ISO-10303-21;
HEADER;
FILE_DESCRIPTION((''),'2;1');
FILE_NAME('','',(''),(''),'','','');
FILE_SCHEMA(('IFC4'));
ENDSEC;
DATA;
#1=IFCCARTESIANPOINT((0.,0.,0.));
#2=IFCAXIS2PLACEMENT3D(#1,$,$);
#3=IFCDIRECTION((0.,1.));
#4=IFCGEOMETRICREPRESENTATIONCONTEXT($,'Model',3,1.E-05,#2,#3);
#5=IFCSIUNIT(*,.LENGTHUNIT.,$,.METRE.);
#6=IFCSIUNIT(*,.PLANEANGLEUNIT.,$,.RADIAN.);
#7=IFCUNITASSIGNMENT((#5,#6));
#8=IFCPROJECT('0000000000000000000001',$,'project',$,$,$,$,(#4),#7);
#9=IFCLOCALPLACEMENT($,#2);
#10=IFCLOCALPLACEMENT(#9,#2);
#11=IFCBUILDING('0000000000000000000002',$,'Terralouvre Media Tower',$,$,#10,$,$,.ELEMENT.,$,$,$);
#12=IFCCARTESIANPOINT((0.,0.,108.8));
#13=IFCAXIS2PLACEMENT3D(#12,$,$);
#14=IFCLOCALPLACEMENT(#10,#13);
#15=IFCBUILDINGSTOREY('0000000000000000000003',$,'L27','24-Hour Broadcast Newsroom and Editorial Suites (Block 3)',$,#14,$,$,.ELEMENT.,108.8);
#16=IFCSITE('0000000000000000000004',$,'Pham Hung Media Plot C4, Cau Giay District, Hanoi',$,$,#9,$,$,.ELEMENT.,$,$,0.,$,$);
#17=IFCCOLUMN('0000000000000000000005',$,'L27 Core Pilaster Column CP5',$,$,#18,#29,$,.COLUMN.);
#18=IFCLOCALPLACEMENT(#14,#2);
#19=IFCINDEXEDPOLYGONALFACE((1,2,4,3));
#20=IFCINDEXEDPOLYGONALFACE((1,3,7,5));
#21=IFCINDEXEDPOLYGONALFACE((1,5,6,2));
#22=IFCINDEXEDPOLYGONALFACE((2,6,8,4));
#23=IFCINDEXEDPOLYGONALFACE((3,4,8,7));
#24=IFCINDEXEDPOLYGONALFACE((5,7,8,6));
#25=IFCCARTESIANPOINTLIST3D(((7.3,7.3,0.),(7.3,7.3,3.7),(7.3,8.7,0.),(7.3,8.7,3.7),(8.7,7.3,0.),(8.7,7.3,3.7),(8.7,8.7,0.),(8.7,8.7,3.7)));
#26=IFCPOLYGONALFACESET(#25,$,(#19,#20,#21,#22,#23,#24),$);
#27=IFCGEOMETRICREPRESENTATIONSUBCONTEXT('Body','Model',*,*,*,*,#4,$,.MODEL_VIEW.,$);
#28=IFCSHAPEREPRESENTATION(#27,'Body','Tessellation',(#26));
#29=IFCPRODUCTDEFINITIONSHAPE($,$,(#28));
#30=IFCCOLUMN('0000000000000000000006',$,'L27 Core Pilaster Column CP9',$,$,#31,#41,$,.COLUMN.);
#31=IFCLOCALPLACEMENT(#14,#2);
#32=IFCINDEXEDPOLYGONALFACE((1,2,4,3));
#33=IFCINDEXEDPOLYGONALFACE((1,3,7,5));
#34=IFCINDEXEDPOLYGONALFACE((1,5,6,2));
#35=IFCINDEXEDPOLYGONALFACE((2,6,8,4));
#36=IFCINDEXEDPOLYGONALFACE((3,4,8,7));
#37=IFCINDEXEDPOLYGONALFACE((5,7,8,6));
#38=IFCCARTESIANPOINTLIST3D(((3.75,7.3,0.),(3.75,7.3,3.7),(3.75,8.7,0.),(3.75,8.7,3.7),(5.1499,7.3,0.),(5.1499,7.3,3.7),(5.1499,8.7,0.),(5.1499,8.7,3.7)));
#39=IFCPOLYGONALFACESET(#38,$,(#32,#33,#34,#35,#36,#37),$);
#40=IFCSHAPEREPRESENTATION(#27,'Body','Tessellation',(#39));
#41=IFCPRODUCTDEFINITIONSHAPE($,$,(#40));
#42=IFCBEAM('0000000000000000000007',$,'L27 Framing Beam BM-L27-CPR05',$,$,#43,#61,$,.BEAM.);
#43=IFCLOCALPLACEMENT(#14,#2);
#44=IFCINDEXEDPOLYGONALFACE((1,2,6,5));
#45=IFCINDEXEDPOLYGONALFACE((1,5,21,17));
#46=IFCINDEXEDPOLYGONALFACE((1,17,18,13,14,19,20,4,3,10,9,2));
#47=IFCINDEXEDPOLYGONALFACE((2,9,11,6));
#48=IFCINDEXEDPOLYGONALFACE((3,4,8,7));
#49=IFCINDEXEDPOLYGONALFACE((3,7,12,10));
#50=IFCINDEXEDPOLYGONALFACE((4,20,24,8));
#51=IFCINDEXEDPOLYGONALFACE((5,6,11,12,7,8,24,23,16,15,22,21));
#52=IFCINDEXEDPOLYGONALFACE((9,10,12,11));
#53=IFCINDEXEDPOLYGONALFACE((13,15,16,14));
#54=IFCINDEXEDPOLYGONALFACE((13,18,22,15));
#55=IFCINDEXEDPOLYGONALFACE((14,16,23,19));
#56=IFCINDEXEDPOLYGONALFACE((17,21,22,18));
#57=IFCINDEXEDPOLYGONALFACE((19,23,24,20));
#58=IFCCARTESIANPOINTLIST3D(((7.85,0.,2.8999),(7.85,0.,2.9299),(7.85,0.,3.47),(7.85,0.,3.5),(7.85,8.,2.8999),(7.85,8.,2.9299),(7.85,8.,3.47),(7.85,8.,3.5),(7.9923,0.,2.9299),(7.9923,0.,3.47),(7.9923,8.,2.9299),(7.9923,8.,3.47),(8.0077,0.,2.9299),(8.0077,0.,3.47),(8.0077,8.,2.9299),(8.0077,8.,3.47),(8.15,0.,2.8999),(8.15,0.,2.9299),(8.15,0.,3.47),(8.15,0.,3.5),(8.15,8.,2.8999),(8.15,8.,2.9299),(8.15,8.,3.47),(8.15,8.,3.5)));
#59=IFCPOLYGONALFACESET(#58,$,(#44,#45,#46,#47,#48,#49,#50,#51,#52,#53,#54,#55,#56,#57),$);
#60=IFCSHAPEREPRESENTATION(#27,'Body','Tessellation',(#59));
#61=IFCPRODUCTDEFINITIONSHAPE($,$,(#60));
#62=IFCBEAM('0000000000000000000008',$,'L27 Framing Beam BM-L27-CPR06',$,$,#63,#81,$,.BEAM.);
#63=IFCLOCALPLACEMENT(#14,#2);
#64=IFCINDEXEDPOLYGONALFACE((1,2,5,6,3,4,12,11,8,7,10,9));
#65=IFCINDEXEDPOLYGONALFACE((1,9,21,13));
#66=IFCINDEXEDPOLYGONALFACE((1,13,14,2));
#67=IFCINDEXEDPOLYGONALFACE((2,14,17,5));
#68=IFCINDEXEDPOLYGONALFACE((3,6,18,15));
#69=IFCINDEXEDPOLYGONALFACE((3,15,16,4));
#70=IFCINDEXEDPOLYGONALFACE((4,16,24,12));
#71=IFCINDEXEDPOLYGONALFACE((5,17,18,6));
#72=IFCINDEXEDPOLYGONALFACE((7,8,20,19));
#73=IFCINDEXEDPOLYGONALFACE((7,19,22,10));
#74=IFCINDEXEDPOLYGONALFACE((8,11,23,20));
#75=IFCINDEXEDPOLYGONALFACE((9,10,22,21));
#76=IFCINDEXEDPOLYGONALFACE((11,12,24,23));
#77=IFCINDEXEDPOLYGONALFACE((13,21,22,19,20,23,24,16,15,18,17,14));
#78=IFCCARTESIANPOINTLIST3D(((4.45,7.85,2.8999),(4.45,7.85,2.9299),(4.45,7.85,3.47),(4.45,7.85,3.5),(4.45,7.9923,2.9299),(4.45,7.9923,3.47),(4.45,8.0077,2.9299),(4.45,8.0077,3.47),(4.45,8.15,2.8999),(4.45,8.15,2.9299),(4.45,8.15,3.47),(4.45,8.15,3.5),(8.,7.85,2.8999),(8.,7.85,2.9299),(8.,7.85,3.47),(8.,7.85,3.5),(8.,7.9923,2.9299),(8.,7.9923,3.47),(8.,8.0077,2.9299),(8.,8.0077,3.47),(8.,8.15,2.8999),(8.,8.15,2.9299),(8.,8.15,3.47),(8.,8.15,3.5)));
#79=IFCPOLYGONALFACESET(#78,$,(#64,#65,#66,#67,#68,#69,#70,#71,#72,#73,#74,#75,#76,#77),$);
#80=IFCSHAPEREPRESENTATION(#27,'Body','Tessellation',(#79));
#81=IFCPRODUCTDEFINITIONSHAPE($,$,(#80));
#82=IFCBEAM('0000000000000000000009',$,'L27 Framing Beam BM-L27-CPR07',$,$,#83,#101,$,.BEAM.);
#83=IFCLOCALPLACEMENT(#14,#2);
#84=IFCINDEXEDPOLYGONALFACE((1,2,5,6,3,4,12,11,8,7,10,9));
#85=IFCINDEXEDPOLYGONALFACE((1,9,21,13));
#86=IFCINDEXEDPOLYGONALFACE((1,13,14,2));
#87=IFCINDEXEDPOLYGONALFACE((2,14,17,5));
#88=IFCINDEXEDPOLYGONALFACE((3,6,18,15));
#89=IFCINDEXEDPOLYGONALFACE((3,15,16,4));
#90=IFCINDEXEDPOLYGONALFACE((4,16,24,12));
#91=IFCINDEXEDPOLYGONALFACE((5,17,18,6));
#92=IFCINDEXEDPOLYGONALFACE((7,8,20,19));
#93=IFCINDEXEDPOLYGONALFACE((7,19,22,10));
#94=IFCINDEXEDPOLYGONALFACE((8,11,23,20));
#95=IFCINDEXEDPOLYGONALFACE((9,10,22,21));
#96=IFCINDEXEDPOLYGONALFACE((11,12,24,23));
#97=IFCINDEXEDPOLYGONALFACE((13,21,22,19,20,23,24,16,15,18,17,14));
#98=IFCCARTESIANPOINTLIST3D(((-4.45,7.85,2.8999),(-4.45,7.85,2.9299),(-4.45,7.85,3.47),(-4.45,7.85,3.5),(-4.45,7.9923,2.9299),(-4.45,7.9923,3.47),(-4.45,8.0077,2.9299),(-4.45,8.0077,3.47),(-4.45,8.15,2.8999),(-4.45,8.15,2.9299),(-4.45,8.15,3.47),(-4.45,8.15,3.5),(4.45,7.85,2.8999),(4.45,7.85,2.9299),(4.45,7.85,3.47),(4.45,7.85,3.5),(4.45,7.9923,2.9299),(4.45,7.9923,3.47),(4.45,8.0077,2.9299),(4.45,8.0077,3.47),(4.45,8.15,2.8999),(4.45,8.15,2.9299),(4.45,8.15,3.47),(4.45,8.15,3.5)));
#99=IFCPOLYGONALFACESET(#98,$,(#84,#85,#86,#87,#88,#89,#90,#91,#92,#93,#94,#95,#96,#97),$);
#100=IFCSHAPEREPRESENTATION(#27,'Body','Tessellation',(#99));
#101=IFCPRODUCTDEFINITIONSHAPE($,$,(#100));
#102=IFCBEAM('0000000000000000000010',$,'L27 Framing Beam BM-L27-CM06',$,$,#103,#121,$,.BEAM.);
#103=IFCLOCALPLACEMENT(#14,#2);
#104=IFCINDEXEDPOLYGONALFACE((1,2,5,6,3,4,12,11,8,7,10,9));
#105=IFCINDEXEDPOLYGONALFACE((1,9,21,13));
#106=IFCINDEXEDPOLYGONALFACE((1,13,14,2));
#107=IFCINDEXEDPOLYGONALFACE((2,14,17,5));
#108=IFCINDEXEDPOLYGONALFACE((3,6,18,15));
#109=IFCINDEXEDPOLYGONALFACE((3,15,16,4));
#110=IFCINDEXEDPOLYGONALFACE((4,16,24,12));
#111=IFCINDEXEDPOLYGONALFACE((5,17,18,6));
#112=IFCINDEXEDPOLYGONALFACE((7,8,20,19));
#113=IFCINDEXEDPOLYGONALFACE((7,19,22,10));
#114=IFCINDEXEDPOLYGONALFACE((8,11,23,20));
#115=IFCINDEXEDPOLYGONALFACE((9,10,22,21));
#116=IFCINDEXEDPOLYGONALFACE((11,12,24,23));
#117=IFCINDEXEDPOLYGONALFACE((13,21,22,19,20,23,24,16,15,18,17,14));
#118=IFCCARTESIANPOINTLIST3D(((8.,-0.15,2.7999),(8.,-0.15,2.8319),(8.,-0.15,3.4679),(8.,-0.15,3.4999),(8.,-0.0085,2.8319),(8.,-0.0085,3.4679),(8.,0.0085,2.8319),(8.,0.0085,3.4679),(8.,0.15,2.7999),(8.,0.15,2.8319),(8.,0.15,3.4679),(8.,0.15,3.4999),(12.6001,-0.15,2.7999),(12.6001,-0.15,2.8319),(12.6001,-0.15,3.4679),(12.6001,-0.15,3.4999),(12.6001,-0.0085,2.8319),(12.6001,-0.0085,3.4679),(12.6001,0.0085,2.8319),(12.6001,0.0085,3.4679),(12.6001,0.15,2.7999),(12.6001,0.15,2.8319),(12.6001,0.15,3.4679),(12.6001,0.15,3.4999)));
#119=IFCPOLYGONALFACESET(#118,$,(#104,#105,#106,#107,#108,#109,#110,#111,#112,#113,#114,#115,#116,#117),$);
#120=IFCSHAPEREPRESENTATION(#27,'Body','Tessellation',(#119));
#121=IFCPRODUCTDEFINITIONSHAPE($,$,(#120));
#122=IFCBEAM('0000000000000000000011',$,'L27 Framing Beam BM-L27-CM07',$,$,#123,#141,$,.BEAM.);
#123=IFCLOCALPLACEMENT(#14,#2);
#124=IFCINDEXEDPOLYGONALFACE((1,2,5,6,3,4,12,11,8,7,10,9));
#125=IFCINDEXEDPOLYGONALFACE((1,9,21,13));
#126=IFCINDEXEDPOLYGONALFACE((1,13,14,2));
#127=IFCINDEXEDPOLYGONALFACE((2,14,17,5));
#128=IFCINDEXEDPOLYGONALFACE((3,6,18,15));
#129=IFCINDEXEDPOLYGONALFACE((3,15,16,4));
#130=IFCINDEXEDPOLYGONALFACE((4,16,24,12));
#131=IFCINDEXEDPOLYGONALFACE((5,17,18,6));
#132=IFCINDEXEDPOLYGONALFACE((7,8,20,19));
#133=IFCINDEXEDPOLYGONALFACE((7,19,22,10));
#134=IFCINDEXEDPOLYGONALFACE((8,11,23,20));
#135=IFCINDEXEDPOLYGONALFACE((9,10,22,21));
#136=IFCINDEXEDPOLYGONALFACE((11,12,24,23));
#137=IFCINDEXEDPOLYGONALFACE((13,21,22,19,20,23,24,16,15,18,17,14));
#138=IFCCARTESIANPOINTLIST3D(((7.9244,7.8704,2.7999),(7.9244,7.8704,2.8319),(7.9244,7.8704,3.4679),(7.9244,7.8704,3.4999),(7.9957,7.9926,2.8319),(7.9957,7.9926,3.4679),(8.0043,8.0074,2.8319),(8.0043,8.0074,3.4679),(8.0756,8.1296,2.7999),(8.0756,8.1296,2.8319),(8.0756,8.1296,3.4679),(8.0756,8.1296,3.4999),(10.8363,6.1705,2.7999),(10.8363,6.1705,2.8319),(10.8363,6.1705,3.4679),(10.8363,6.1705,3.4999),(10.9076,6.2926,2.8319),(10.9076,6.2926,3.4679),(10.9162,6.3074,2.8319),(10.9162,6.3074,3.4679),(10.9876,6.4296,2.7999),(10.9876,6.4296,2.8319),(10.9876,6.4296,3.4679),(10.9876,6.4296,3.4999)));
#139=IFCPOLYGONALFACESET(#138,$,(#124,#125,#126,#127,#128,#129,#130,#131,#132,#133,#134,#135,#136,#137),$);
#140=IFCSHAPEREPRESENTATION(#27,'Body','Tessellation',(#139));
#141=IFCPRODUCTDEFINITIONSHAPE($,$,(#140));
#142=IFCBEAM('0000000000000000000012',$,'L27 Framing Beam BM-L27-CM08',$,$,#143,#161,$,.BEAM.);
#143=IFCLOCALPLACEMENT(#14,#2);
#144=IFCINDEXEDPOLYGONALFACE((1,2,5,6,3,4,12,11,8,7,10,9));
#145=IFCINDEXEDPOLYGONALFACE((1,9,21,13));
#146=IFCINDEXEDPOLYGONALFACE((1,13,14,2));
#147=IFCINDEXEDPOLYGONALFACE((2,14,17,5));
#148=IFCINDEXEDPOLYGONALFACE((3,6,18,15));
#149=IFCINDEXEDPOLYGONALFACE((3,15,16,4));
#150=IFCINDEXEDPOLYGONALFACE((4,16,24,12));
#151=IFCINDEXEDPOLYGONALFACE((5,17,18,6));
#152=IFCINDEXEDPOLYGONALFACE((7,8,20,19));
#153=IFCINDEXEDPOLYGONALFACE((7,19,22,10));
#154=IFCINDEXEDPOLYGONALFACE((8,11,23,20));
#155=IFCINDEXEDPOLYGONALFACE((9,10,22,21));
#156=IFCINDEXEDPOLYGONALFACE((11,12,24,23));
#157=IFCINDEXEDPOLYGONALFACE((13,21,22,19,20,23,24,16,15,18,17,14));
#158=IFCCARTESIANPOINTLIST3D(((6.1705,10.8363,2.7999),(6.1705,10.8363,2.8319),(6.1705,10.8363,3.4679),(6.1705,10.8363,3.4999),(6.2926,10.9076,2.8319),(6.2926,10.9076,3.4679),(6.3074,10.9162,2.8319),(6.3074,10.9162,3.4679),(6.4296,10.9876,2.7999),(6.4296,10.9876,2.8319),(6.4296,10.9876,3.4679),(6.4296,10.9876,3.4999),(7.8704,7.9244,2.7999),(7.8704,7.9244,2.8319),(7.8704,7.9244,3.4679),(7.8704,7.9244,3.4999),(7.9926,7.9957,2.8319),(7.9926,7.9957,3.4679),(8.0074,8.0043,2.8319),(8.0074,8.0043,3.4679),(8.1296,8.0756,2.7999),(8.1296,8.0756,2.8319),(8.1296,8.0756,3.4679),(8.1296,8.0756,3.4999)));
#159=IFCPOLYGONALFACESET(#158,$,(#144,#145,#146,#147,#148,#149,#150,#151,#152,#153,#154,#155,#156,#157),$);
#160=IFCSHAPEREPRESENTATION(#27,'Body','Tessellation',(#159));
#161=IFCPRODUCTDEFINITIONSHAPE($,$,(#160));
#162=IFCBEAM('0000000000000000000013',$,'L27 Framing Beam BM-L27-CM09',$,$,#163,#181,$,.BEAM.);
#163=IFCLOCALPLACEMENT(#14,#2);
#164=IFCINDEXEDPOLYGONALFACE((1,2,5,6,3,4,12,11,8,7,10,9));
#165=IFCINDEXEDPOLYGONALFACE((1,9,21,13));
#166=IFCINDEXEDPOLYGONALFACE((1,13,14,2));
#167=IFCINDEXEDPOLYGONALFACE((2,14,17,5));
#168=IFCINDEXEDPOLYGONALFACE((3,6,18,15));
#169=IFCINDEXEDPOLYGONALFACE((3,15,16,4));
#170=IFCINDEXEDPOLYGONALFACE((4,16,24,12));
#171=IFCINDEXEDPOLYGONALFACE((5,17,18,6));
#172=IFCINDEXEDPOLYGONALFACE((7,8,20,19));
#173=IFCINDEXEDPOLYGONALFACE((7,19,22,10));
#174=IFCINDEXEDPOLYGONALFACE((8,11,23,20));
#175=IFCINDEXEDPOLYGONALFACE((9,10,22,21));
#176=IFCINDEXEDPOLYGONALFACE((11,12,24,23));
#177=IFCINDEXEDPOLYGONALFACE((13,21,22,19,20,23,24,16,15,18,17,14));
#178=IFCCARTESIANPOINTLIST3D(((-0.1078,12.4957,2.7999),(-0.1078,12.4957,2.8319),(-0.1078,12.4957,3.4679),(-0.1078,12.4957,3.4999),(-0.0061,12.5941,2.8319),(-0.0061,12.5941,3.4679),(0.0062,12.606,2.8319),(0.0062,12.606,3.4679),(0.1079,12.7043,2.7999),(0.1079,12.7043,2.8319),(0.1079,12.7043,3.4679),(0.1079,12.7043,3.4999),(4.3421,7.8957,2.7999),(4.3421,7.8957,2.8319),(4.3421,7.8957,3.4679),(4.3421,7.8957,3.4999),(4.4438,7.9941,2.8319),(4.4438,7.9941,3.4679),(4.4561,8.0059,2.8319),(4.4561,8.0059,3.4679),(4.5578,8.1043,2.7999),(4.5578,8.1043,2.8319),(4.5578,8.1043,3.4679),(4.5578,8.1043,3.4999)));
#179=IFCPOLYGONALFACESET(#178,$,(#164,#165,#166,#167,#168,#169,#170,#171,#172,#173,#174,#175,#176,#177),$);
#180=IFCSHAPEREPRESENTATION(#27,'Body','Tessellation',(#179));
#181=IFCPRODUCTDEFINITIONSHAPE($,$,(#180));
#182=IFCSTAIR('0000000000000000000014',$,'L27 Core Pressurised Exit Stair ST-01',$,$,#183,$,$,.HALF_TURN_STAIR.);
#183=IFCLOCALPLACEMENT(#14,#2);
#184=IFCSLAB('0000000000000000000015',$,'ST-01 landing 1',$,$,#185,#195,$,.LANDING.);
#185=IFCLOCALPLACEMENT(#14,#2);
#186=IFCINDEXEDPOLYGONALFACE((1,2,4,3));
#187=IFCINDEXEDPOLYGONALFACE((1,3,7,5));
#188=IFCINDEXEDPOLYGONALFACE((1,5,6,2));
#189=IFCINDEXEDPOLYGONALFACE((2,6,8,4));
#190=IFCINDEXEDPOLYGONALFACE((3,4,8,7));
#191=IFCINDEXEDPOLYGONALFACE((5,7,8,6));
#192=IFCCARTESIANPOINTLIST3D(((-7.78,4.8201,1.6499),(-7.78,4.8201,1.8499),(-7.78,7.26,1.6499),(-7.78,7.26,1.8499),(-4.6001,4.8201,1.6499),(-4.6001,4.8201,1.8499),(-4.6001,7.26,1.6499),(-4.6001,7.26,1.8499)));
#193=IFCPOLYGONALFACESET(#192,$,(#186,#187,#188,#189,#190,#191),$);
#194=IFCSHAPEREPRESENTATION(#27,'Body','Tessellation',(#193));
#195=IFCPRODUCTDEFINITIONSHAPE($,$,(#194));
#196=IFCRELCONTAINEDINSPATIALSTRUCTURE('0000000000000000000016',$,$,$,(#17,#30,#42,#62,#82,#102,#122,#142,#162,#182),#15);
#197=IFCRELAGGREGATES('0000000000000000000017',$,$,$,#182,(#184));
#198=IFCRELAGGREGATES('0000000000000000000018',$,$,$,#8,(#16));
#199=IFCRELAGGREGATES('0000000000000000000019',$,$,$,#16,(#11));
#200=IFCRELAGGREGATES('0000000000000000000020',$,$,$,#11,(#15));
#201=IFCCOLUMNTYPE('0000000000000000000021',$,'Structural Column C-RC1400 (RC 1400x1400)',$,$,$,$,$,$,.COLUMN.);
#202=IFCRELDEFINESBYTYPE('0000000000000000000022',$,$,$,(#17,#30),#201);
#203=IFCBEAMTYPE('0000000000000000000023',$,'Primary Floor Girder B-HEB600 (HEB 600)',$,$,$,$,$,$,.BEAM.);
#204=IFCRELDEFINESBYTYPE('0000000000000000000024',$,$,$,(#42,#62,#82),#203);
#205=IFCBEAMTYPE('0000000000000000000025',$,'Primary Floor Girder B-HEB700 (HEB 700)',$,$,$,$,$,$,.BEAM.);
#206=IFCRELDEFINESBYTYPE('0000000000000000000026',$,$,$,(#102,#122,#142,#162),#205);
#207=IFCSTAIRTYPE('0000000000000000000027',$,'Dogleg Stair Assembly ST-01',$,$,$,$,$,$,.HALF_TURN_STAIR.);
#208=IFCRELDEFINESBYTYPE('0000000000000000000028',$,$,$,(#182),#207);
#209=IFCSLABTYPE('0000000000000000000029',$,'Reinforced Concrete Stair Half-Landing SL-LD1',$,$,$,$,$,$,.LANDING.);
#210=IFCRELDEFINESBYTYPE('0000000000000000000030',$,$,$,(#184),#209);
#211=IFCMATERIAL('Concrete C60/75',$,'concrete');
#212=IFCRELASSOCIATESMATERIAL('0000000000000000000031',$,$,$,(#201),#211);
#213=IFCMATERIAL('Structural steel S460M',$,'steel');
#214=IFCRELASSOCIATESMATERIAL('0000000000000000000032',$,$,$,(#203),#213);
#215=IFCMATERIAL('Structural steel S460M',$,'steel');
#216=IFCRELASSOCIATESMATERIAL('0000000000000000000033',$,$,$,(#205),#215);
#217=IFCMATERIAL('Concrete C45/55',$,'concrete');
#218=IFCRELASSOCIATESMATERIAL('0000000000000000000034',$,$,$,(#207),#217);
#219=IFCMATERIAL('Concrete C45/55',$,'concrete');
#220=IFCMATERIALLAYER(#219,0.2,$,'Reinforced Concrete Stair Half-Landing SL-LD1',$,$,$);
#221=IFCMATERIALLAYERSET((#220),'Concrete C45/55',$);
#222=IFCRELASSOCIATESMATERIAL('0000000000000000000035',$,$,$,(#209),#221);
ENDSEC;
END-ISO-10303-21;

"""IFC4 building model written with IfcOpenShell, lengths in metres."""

from ifc_helpers import new_model, si_unit, direction, frame, origin, origin_2d, place, context, subcontext, project, spatial, polyline, rectangle, i_section, outline, extrude, material, layer, layer_set, material_profile, profile_set, type_object, element, aggregate, save


model = new_model("IFC4")

# Units and contexts
model_context = context("Model", 3, precision=1e-05, world=origin(), true_north=direction((0.0, 1.0)))
body_context = subcontext(model_context, "Body", "Model", "MODEL_VIEW")
ifc_project = project(units=[si_unit("LENGTHUNIT", "METRE"), si_unit("PLANEANGLEUNIT", "RADIAN")], contexts=[model_context])

# Site, building, storey
site_placement = place(None, origin())
site = spatial("IfcSite", under=ifc_project, at=site_placement, Name="Pham Hung Media Plot C4, Cau Giay District, Hanoi", CompositionType="ELEMENT", RefElevation=0.0)
building_placement = place(site_placement, origin())
building = spatial("IfcBuilding", under=site, at=building_placement, Name="Terralouvre Media Tower", CompositionType="ELEMENT")
storey_placement = place(building_placement, frame((0.0, 0.0, 108.8)))
storey = spatial("IfcBuildingStorey", under=building, at=storey_placement, Name="L27", Description="24-Hour Broadcast Newsroom and Editorial Suites (Block 3)", CompositionType="ELEMENT", Elevation=108.8)

# Columns
ifc_material_1 = material(Name="Concrete C60/75", Category="concrete")
ifc_material_profile_1 = material_profile(ifc_material_1, rectangle(XDim=1.3999, YDim=1.3999, at=origin_2d()), Name="RC 1400x1400")
ifc_profile_set_1 = profile_set([ifc_material_profile_1], Name="Concrete C60/75")
column_type = type_object("IfcColumnType", Name="Structural Column C-RC1400 (RC 1400x1400)", PredefinedType="COLUMN", material=ifc_profile_set_1)
for number, where, z_axis, x_axis, name in (
    (1, (8.0, 8.0, 0.0), (0.0, 0.0, 1.0), (1.0, 0.0, 0.0), "L27 Core Pilaster Column CP5"),
    (2, (4.45, 8.0, 0.0), (0.0, 0.0, 1.0), (1.0, 0.0, 0.0), "L27 Core Pilaster Column CP9"),
):
    element("IfcColumn", number, at=place(storey_placement, frame(where, z_axis=z_axis, x_axis=x_axis)), inside=storey, type_object=column_type, Name=name, PredefinedType="COLUMN", context=body_context, shape_type="SweptSolid", body=[
        extrude(rectangle(XDim=1.3999, YDim=1.3999, at=origin_2d()), origin(), (0.0, 0.0, 1.0), 3.7),
    ])

# Beams
ifc_material_2 = material(Name="Structural steel S460M", Category="steel")
ifc_material_profile_2 = material_profile(ifc_material_2, i_section(OverallWidth=0.3, OverallDepth=0.6001, WebThickness=0.0154, FlangeThickness=0.03, at=origin_2d()), Name="HEB 600")
ifc_profile_set_2 = profile_set([ifc_material_profile_2], Name="Structural steel S460M")
beam_type_1 = type_object("IfcBeamType", Name="Primary Floor Girder B-HEB600 (HEB 600)", PredefinedType="BEAM", material=ifc_profile_set_2)
beam_1_placement = place(storey_placement, frame((8.0, 0.0, 3.2), z_axis=(0.0, 1.0, 0.0), x_axis=(-1.0, 0.0, 0.0)))
element("IfcBeam", 3, at=beam_1_placement, inside=storey, type_object=beam_type_1, Name="L27 Framing Beam BM-L27-CPR05", PredefinedType="BEAM", context=body_context, shape_type="SweptSolid", body=[
    extrude(i_section(OverallWidth=0.3, OverallDepth=0.6001, WebThickness=0.0154, FlangeThickness=0.03, at=origin_2d()), origin(), (0.0, 0.0, 1.0), 8.0),
])
beam_2_placement = place(storey_placement, frame((8.0, 8.0, 3.2), z_axis=(-1.0, 0.0, 0.0), x_axis=(0.0, -1.0, 0.0)))
element("IfcBeam", 4, at=beam_2_placement, inside=storey, type_object=beam_type_1, Name="L27 Framing Beam BM-L27-CPR06", PredefinedType="BEAM", context=body_context, shape_type="SweptSolid", body=[
    extrude(i_section(OverallWidth=0.3, OverallDepth=0.6001, WebThickness=0.0154, FlangeThickness=0.03, at=origin_2d()), origin(), (0.0, 0.0, 1.0), 3.55),
])
beam_3_placement = place(storey_placement, frame((4.45, 8.0, 3.2), z_axis=(-1.0, 0.0, 0.0), x_axis=(0.0, -1.0, 0.0)))
element("IfcBeam", 5, at=beam_3_placement, inside=storey, type_object=beam_type_1, Name="L27 Framing Beam BM-L27-CPR07", PredefinedType="BEAM", context=body_context, shape_type="SweptSolid", body=[
    extrude(i_section(OverallWidth=0.3, OverallDepth=0.6001, WebThickness=0.0154, FlangeThickness=0.03, at=origin_2d()), origin(), (0.0, 0.0, 1.0), 8.8999),
])
ifc_material_3 = material(Name="Structural steel S460M", Category="steel")
ifc_material_profile_3 = material_profile(ifc_material_3, i_section(OverallWidth=0.3, OverallDepth=0.7, WebThickness=0.0171, FlangeThickness=0.032, at=origin_2d()), Name="HEB 700")
ifc_profile_set_3 = profile_set([ifc_material_profile_3], Name="Structural steel S460M")
beam_type_2 = type_object("IfcBeamType", Name="Primary Floor Girder B-HEB700 (HEB 700)", PredefinedType="BEAM", material=ifc_profile_set_3)
beam_4_placement = place(storey_placement, frame((8.0, 0.0, 3.1499), z_axis=(1.0, 0.0, 0.0), x_axis=(0.0, 1.0, 0.0)))
element("IfcBeam", 6, at=beam_4_placement, inside=storey, type_object=beam_type_2, Name="L27 Framing Beam BM-L27-CM06", PredefinedType="BEAM", context=body_context, shape_type="SweptSolid", body=[
    extrude(i_section(OverallWidth=0.3, OverallDepth=0.7, WebThickness=0.0171, FlangeThickness=0.032, at=origin_2d()), origin(), (0.0, 0.0, 1.0), 4.6001),
])
for number, where, z_axis, x_axis, name in (
    (7, (8.0, 8.0, 3.1499), (0.863603, -0.504173, 0.0), (0.504173, 0.863603, 0.0), "L27 Framing Beam BM-L27-CM07"),
    (8, (8.0, 8.0, 3.1499), (-0.504173, 0.863603, 0.0), (-0.863603, -0.504173, 0.0), "L27 Framing Beam BM-L27-CM08"),
):
    element("IfcBeam", number, at=place(storey_placement, frame(where, z_axis=z_axis, x_axis=x_axis)), inside=storey, type_object=beam_type_2, Name=name, PredefinedType="BEAM", context=body_context, shape_type="SweptSolid", body=[
        extrude(i_section(OverallWidth=0.3, OverallDepth=0.7, WebThickness=0.0171, FlangeThickness=0.032, at=origin_2d()), origin(), (0.0, 0.0, 1.0), 3.3718),
    ])
beam_5_placement = place(storey_placement, frame((4.45, 8.0, 3.1499), z_axis=(-0.69528, 0.718739, 0.0), x_axis=(-0.718739, -0.69528, 0.0)))
element("IfcBeam", 9, at=beam_5_placement, inside=storey, type_object=beam_type_2, Name="L27 Framing Beam BM-L27-CM09", PredefinedType="BEAM", context=body_context, shape_type="SweptSolid", body=[
    extrude(i_section(OverallWidth=0.3, OverallDepth=0.7, WebThickness=0.0171, FlangeThickness=0.032, at=origin_2d()), origin(), (0.0, 0.0, 1.0), 6.4001),
])

# Stair, slab
ifc_material_4 = material(Name="Concrete C45/55", Category="concrete")
stair_type_1 = type_object("IfcStairType", Name="Dogleg Stair Assembly ST-01", PredefinedType="HALF_TURN_STAIR", material=ifc_material_4)
stair_1_placement = place(storey_placement, origin())
stair_1 = element("IfcStair", 10, at=stair_1_placement, inside=storey, type_object=stair_type_1, Name="L27 Core Pressurised Exit Stair ST-01", PredefinedType="HALF_TURN_STAIR")
ifc_material_5 = material(Name="Concrete C45/55", Category="concrete")
ifc_layer_1 = layer(ifc_material_5, 0.2, Name="Reinforced Concrete Stair Half-Landing SL-LD1")
ifc_layer_set_1 = layer_set([ifc_layer_1], Name="Concrete C45/55")
slab_type = type_object("IfcSlabType", Name="Reinforced Concrete Stair Half-Landing SL-LD1", PredefinedType="LANDING", material=ifc_layer_set_1)
slab_1_placement = place(storey_placement, frame((0.0, 0.0, 1.6499)))
slab_1 = element("IfcSlab", 11, at=slab_1_placement, type_object=slab_type, Name="ST-01 landing 1", PredefinedType="LANDING", context=body_context, shape_type="SweptSolid", body=[
    extrude(outline(polyline([(-4.6001, 4.8201), (-4.6001, 7.26), (-7.78, 7.26), (-7.78, 4.8201), (-4.6001, 4.8201)])), origin(), (0.0, 0.0, 1.0), 0.2),
])
aggregate(stair_1, [slab_1])

save(model, "model.ifc")
